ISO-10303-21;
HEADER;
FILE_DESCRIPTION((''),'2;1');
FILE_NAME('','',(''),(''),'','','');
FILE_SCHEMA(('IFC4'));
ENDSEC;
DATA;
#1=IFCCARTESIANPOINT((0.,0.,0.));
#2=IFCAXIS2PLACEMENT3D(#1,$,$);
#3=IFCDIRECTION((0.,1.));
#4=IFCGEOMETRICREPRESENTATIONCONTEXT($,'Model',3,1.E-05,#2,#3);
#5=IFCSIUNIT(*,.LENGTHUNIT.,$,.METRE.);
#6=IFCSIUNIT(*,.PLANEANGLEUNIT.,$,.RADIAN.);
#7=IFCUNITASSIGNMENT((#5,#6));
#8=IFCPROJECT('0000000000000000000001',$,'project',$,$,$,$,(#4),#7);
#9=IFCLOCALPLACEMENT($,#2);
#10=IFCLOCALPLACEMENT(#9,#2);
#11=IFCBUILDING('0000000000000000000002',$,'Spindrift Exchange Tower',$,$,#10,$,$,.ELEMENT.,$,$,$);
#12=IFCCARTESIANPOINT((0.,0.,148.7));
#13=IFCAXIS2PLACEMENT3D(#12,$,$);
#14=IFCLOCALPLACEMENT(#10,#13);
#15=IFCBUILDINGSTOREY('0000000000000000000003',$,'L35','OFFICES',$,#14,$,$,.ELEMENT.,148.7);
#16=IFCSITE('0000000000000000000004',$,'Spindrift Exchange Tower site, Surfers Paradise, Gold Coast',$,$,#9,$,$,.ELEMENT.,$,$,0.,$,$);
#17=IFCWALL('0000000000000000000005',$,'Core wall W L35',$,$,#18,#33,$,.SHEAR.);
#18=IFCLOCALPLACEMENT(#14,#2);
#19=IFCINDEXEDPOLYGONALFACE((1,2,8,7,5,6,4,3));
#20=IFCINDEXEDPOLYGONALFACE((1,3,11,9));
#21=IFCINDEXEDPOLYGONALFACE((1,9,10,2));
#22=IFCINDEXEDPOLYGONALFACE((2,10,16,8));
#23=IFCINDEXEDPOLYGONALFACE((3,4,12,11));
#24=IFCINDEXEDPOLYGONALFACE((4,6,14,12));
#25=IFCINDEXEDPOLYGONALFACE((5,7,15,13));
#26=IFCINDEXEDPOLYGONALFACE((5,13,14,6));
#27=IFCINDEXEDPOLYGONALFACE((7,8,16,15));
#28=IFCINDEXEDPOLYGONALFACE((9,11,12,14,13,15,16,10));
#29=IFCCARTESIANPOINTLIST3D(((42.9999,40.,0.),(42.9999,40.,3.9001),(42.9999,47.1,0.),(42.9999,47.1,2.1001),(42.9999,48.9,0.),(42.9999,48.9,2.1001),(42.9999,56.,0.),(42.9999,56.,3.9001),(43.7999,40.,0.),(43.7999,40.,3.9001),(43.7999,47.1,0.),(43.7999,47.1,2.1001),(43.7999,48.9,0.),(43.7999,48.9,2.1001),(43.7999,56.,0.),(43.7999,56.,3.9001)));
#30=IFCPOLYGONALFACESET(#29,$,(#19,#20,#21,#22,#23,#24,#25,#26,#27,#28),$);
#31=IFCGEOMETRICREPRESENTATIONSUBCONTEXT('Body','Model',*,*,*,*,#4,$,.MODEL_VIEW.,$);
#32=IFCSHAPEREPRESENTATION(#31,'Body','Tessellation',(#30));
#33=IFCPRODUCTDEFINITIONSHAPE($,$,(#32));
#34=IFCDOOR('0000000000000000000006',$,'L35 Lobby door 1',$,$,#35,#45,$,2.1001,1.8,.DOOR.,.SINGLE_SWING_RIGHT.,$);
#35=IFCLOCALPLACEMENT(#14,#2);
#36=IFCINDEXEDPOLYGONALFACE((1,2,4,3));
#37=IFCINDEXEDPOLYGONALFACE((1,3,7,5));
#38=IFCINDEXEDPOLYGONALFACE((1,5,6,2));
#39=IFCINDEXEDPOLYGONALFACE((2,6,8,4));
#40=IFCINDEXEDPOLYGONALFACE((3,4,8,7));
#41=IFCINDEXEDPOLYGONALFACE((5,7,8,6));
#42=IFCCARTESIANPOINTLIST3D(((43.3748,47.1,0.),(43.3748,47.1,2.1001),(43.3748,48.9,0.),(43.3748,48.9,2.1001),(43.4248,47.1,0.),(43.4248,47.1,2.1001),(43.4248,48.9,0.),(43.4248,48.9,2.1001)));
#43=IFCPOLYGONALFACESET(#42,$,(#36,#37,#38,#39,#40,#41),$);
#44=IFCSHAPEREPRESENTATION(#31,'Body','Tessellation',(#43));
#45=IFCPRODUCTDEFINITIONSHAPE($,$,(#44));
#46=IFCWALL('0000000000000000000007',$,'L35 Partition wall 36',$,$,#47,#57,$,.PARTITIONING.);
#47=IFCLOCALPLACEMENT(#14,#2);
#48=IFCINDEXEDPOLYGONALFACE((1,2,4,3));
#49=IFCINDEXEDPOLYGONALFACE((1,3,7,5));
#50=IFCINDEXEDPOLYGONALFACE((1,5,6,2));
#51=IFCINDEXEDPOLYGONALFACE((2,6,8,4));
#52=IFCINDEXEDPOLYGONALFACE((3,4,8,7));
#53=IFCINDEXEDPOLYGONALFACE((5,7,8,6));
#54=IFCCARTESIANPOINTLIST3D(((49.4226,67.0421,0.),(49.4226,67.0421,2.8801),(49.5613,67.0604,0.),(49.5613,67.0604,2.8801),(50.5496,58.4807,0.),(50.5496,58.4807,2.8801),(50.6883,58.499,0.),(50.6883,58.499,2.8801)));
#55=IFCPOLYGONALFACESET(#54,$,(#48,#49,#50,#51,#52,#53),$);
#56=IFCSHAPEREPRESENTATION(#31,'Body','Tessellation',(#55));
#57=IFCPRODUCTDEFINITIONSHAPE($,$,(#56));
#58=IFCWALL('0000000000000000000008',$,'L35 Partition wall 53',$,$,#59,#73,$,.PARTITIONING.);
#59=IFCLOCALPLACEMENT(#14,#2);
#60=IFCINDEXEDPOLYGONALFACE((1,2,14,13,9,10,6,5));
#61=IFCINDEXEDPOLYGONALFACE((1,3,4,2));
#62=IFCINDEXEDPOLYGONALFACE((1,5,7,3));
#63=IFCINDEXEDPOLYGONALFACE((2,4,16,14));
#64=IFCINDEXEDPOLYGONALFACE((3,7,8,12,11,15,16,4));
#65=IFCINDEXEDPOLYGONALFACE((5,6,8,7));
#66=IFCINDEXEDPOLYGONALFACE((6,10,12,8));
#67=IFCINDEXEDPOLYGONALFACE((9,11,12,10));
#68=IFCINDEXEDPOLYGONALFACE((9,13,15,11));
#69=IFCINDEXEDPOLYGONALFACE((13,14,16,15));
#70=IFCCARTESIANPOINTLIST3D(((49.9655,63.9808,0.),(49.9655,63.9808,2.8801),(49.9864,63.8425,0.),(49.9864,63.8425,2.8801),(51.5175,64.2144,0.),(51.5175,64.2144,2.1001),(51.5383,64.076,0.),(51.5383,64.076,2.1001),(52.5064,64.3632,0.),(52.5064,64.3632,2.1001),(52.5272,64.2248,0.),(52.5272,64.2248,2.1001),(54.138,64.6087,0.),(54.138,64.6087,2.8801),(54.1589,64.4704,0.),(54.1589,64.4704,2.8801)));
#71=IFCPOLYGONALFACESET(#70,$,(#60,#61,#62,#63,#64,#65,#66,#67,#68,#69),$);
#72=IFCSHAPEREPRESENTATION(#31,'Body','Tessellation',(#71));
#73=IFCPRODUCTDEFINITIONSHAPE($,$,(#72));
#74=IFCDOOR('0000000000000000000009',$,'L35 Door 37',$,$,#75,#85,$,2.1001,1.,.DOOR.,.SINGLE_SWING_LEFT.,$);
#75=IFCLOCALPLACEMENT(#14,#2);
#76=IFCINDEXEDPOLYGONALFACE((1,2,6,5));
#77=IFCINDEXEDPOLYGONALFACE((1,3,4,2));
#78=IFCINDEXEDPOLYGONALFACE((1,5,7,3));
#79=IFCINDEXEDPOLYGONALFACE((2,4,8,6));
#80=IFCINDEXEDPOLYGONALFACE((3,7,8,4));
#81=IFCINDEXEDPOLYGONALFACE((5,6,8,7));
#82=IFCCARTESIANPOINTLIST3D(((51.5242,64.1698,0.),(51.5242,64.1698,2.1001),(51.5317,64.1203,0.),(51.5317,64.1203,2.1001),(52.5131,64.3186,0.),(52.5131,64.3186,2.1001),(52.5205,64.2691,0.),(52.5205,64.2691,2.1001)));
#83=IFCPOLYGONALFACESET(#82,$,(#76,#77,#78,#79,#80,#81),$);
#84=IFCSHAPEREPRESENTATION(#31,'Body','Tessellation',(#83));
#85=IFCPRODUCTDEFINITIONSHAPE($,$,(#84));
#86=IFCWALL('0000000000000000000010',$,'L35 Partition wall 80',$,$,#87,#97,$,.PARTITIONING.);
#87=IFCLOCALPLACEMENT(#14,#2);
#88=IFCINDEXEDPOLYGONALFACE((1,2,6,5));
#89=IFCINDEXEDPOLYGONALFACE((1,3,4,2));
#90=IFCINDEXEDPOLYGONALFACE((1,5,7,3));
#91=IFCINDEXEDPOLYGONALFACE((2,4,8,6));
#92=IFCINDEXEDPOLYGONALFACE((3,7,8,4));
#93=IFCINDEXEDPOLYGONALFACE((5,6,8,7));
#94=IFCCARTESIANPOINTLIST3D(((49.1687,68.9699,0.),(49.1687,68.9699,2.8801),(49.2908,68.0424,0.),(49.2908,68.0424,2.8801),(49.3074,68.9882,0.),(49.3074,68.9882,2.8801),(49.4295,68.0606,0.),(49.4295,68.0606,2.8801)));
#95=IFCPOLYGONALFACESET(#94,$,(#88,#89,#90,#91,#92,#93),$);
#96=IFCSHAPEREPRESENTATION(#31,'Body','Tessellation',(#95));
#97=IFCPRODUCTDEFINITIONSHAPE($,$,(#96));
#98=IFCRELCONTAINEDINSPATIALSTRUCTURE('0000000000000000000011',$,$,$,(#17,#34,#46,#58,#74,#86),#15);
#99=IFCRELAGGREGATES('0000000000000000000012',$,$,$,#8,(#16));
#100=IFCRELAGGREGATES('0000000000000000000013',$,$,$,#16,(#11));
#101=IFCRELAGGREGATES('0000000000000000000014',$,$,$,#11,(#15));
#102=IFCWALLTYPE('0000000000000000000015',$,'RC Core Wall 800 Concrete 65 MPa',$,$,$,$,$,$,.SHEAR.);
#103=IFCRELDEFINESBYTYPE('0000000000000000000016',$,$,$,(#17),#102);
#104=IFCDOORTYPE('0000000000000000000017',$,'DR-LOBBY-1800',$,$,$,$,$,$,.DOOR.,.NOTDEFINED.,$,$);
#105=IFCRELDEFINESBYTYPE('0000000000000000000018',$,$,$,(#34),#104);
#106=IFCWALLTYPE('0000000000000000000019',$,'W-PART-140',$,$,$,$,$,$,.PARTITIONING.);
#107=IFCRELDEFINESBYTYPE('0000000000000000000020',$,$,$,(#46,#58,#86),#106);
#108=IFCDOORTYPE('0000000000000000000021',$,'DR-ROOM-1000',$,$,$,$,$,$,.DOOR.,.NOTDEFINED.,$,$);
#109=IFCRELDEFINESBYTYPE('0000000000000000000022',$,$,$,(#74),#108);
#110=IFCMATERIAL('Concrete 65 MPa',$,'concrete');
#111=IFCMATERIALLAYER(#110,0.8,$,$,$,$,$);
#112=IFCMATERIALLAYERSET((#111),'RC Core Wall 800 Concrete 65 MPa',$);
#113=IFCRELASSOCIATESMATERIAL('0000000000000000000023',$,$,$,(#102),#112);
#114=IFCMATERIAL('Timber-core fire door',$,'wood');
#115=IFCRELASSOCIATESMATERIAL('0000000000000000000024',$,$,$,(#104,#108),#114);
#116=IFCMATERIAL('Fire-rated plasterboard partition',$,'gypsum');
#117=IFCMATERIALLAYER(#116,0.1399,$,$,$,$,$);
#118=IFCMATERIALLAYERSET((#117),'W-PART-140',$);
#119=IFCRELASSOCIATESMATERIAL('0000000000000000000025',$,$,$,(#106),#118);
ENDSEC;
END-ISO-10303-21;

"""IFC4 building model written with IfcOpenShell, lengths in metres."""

from ifc_helpers import new_model, si_unit, direction, frame, frame_2d, origin, place, context, subcontext, project, spatial, rectangle, extrude, source, transform, mapped, material, layer, layer_set, type_object, element, fill, save


model = new_model("IFC4")

# Units and contexts
model_context = context("Model", 3, precision=1e-05, world=origin(), true_north=direction((0.0, 1.0)))
body_context = subcontext(model_context, "Body", "Model", "MODEL_VIEW")
ifc_project = project(units=[si_unit("LENGTHUNIT", "METRE"), si_unit("PLANEANGLEUNIT", "RADIAN")], contexts=[model_context])

# Site, building, storey
site_placement = place(None, origin())
site = spatial("IfcSite", under=ifc_project, at=site_placement, Name="Spindrift Exchange Tower site, Surfers Paradise, Gold Coast", CompositionType="ELEMENT", RefElevation=0.0)
building_placement = place(site_placement, origin())
building = spatial("IfcBuilding", under=site, at=building_placement, Name="Spindrift Exchange Tower", CompositionType="ELEMENT")
storey_placement = place(building_placement, frame((0.0, 0.0, 148.7)))
storey = spatial("IfcBuildingStorey", under=building, at=storey_placement, Name="L35", Description="OFFICES", CompositionType="ELEMENT", Elevation=148.7)

# Wall, opening, door
ifc_material_1 = material(Name="Concrete 65 MPa", Category="concrete")
ifc_layer_1 = layer(ifc_material_1, 0.8)
ifc_layer_set_1 = layer_set([ifc_layer_1], Name="RC Core Wall 800 Concrete 65 MPa")
wall_type_1 = type_object("IfcWallType", Name="RC Core Wall 800 Concrete 65 MPa", PredefinedType="SHEAR", material=ifc_layer_set_1)
wall_1_placement = place(storey_placement, frame((43.3999, 56.0, 0.0), z_axis=(0.0, 0.0, 1.0), x_axis=(0.0, -1.0, 0.0)))
wall_1 = element("IfcWall", 1, at=wall_1_placement, inside=storey, type_object=wall_type_1, Name="Core wall W L35", PredefinedType="SHEAR", context=body_context, shape_type="SweptSolid", body=[
    extrude(rectangle(XDim=16.0, YDim=0.8, at=frame_2d((8.0, 0.0))), origin(), (0.0, 0.0, 1.0), 3.9001),
])
opening_1_placement = place(wall_1_placement, frame((7.1001, 0.0, 0.0)))
opening_1 = element("IfcOpeningElement", 2, at=opening_1_placement, cuts=wall_1, PredefinedType="OPENING", context=body_context, shape_type="SweptSolid", body=[
    extrude(rectangle(XDim=1.8, YDim=2.1001, at=frame_2d((0.8999, 1.05))), frame((0.0, 0.4099, 0.0), z_axis=(0.0, -1.0, 0.0), x_axis=(1.0, 0.0, 0.0)), (0.0, 0.0, 1.0), 0.8201),
])
ifc_material_2 = material(Name="Timber-core fire door", Category="wood")
door_type_1 = type_object("IfcDoorType", Name="DR-LOBBY-1800", OperationType="NOTDEFINED", PredefinedType="DOOR", material=ifc_material_2)
shared_shape_1 = source(origin(), body_context, "Body", "SweptSolid", [
    extrude(rectangle(XDim=1.8, YDim=2.1001, at=frame_2d((0.8999, 1.05))), frame((0.0, 0.0249, 0.0), z_axis=(0.0, -1.0, 0.0), x_axis=(1.0, 0.0, 0.0)), (0.0, 0.0, 1.0), 0.05),
])
door_1_placement = place(opening_1_placement, origin())
door_1 = element("IfcDoor", 3, at=door_1_placement, inside=storey, type_object=door_type_1, Name="L35 Lobby door 1", OperationType="SINGLE_SWING_RIGHT", OverallHeight=2.1001, OverallWidth=1.8, PredefinedType="DOOR", context=body_context, shape_type="MappedRepresentation", body=[
    mapped(shared_shape_1, transform((0.0, 0.0, 0.0), scale=1.0)),
])
fill(opening_1, door_1)

# Wall
ifc_material_3 = material(Name="Fire-rated plasterboard partition", Category="gypsum")
ifc_layer_2 = layer(ifc_material_3, 0.1399)
ifc_layer_set_2 = layer_set([ifc_layer_2], Name="W-PART-140")
wall_type_2 = type_object("IfcWallType", Name="W-PART-140", PredefinedType="PARTITIONING", material=ifc_layer_set_2)
wall_2_placement = place(storey_placement, frame((49.4919, 67.0513, 0.0), z_axis=(0.0, 0.0, 1.0), x_axis=(0.130508, -0.991447, 0.0)))
element("IfcWall", 4, at=wall_2_placement, inside=storey, type_object=wall_type_2, Name="L35 Partition wall 36", PredefinedType="PARTITIONING", context=body_context, shape_type="SweptSolid", body=[
    extrude(rectangle(XDim=8.6353, YDim=0.1399, at=frame_2d((4.3176, 0.0))), origin(), (0.0, 0.0, 1.0), 2.8801),
])

# Wall, opening, door
wall_3_placement = place(storey_placement, frame((49.9758, 63.9116, 0.0), z_axis=(0.0, 0.0, 1.0), x_axis=(0.988865, 0.148813, 0.0)))
wall_3 = element("IfcWall", 5, at=wall_3_placement, inside=storey, type_object=wall_type_2, Name="L35 Partition wall 53", PredefinedType="PARTITIONING", context=body_context, shape_type="SweptSolid", body=[
    extrude(rectangle(XDim=4.2195, YDim=0.1399, at=frame_2d((2.1099, 0.0))), origin(), (0.0, 0.0, 1.0), 2.8801),
])
opening_2_placement = place(wall_3_placement, frame((1.5696, 0.0, 0.0)))
opening_2 = element("IfcOpeningElement", 6, at=opening_2_placement, cuts=wall_3, PredefinedType="OPENING", context=body_context, shape_type="SweptSolid", body=[
    extrude(rectangle(XDim=1.0, YDim=2.1001, at=frame_2d((0.5, 1.05))), frame((0.0, 0.0798, 0.0), z_axis=(0.0, -1.0, 0.0), x_axis=(1.0, 0.0, 0.0)), (0.0, 0.0, 1.0), 0.1599),
])
door_type_2 = type_object("IfcDoorType", Name="DR-ROOM-1000", OperationType="NOTDEFINED", PredefinedType="DOOR", material=ifc_material_2)
shared_shape_2 = source(origin(), body_context, "Body", "SweptSolid", [
    extrude(rectangle(XDim=1.0, YDim=2.1001, at=frame_2d((0.5, 1.05))), frame((0.0, 0.0249, 0.0), z_axis=(0.0, -1.0, 0.0), x_axis=(1.0, 0.0, 0.0)), (0.0, 0.0, 1.0), 0.05),
])
door_2_placement = place(opening_2_placement, origin())
door_2 = element("IfcDoor", 7, at=door_2_placement, inside=storey, type_object=door_type_2, Name="L35 Door 37", OperationType="SINGLE_SWING_LEFT", OverallHeight=2.1001, OverallWidth=1.0, PredefinedType="DOOR", context=body_context, shape_type="MappedRepresentation", body=[
    mapped(shared_shape_2, transform((0.0, 0.0, 0.0), scale=1.0)),
])
fill(opening_2, door_2)

# Wall
wall_4_placement = place(storey_placement, frame((49.3601, 68.0515, 0.0), z_axis=(0.0, 0.0, 1.0), x_axis=(-0.130488, 0.99145, 0.0)))
element("IfcWall", 8, at=wall_4_placement, inside=storey, type_object=wall_type_2, Name="L35 Partition wall 80", PredefinedType="PARTITIONING", context=body_context, shape_type="SweptSolid", body=[
    extrude(rectangle(XDim=0.9355, YDim=0.1399, at=frame_2d((0.4678, 0.0))), origin(), (0.0, 0.0, 1.0), 2.8801),
])

save(model, "model.ifc")
